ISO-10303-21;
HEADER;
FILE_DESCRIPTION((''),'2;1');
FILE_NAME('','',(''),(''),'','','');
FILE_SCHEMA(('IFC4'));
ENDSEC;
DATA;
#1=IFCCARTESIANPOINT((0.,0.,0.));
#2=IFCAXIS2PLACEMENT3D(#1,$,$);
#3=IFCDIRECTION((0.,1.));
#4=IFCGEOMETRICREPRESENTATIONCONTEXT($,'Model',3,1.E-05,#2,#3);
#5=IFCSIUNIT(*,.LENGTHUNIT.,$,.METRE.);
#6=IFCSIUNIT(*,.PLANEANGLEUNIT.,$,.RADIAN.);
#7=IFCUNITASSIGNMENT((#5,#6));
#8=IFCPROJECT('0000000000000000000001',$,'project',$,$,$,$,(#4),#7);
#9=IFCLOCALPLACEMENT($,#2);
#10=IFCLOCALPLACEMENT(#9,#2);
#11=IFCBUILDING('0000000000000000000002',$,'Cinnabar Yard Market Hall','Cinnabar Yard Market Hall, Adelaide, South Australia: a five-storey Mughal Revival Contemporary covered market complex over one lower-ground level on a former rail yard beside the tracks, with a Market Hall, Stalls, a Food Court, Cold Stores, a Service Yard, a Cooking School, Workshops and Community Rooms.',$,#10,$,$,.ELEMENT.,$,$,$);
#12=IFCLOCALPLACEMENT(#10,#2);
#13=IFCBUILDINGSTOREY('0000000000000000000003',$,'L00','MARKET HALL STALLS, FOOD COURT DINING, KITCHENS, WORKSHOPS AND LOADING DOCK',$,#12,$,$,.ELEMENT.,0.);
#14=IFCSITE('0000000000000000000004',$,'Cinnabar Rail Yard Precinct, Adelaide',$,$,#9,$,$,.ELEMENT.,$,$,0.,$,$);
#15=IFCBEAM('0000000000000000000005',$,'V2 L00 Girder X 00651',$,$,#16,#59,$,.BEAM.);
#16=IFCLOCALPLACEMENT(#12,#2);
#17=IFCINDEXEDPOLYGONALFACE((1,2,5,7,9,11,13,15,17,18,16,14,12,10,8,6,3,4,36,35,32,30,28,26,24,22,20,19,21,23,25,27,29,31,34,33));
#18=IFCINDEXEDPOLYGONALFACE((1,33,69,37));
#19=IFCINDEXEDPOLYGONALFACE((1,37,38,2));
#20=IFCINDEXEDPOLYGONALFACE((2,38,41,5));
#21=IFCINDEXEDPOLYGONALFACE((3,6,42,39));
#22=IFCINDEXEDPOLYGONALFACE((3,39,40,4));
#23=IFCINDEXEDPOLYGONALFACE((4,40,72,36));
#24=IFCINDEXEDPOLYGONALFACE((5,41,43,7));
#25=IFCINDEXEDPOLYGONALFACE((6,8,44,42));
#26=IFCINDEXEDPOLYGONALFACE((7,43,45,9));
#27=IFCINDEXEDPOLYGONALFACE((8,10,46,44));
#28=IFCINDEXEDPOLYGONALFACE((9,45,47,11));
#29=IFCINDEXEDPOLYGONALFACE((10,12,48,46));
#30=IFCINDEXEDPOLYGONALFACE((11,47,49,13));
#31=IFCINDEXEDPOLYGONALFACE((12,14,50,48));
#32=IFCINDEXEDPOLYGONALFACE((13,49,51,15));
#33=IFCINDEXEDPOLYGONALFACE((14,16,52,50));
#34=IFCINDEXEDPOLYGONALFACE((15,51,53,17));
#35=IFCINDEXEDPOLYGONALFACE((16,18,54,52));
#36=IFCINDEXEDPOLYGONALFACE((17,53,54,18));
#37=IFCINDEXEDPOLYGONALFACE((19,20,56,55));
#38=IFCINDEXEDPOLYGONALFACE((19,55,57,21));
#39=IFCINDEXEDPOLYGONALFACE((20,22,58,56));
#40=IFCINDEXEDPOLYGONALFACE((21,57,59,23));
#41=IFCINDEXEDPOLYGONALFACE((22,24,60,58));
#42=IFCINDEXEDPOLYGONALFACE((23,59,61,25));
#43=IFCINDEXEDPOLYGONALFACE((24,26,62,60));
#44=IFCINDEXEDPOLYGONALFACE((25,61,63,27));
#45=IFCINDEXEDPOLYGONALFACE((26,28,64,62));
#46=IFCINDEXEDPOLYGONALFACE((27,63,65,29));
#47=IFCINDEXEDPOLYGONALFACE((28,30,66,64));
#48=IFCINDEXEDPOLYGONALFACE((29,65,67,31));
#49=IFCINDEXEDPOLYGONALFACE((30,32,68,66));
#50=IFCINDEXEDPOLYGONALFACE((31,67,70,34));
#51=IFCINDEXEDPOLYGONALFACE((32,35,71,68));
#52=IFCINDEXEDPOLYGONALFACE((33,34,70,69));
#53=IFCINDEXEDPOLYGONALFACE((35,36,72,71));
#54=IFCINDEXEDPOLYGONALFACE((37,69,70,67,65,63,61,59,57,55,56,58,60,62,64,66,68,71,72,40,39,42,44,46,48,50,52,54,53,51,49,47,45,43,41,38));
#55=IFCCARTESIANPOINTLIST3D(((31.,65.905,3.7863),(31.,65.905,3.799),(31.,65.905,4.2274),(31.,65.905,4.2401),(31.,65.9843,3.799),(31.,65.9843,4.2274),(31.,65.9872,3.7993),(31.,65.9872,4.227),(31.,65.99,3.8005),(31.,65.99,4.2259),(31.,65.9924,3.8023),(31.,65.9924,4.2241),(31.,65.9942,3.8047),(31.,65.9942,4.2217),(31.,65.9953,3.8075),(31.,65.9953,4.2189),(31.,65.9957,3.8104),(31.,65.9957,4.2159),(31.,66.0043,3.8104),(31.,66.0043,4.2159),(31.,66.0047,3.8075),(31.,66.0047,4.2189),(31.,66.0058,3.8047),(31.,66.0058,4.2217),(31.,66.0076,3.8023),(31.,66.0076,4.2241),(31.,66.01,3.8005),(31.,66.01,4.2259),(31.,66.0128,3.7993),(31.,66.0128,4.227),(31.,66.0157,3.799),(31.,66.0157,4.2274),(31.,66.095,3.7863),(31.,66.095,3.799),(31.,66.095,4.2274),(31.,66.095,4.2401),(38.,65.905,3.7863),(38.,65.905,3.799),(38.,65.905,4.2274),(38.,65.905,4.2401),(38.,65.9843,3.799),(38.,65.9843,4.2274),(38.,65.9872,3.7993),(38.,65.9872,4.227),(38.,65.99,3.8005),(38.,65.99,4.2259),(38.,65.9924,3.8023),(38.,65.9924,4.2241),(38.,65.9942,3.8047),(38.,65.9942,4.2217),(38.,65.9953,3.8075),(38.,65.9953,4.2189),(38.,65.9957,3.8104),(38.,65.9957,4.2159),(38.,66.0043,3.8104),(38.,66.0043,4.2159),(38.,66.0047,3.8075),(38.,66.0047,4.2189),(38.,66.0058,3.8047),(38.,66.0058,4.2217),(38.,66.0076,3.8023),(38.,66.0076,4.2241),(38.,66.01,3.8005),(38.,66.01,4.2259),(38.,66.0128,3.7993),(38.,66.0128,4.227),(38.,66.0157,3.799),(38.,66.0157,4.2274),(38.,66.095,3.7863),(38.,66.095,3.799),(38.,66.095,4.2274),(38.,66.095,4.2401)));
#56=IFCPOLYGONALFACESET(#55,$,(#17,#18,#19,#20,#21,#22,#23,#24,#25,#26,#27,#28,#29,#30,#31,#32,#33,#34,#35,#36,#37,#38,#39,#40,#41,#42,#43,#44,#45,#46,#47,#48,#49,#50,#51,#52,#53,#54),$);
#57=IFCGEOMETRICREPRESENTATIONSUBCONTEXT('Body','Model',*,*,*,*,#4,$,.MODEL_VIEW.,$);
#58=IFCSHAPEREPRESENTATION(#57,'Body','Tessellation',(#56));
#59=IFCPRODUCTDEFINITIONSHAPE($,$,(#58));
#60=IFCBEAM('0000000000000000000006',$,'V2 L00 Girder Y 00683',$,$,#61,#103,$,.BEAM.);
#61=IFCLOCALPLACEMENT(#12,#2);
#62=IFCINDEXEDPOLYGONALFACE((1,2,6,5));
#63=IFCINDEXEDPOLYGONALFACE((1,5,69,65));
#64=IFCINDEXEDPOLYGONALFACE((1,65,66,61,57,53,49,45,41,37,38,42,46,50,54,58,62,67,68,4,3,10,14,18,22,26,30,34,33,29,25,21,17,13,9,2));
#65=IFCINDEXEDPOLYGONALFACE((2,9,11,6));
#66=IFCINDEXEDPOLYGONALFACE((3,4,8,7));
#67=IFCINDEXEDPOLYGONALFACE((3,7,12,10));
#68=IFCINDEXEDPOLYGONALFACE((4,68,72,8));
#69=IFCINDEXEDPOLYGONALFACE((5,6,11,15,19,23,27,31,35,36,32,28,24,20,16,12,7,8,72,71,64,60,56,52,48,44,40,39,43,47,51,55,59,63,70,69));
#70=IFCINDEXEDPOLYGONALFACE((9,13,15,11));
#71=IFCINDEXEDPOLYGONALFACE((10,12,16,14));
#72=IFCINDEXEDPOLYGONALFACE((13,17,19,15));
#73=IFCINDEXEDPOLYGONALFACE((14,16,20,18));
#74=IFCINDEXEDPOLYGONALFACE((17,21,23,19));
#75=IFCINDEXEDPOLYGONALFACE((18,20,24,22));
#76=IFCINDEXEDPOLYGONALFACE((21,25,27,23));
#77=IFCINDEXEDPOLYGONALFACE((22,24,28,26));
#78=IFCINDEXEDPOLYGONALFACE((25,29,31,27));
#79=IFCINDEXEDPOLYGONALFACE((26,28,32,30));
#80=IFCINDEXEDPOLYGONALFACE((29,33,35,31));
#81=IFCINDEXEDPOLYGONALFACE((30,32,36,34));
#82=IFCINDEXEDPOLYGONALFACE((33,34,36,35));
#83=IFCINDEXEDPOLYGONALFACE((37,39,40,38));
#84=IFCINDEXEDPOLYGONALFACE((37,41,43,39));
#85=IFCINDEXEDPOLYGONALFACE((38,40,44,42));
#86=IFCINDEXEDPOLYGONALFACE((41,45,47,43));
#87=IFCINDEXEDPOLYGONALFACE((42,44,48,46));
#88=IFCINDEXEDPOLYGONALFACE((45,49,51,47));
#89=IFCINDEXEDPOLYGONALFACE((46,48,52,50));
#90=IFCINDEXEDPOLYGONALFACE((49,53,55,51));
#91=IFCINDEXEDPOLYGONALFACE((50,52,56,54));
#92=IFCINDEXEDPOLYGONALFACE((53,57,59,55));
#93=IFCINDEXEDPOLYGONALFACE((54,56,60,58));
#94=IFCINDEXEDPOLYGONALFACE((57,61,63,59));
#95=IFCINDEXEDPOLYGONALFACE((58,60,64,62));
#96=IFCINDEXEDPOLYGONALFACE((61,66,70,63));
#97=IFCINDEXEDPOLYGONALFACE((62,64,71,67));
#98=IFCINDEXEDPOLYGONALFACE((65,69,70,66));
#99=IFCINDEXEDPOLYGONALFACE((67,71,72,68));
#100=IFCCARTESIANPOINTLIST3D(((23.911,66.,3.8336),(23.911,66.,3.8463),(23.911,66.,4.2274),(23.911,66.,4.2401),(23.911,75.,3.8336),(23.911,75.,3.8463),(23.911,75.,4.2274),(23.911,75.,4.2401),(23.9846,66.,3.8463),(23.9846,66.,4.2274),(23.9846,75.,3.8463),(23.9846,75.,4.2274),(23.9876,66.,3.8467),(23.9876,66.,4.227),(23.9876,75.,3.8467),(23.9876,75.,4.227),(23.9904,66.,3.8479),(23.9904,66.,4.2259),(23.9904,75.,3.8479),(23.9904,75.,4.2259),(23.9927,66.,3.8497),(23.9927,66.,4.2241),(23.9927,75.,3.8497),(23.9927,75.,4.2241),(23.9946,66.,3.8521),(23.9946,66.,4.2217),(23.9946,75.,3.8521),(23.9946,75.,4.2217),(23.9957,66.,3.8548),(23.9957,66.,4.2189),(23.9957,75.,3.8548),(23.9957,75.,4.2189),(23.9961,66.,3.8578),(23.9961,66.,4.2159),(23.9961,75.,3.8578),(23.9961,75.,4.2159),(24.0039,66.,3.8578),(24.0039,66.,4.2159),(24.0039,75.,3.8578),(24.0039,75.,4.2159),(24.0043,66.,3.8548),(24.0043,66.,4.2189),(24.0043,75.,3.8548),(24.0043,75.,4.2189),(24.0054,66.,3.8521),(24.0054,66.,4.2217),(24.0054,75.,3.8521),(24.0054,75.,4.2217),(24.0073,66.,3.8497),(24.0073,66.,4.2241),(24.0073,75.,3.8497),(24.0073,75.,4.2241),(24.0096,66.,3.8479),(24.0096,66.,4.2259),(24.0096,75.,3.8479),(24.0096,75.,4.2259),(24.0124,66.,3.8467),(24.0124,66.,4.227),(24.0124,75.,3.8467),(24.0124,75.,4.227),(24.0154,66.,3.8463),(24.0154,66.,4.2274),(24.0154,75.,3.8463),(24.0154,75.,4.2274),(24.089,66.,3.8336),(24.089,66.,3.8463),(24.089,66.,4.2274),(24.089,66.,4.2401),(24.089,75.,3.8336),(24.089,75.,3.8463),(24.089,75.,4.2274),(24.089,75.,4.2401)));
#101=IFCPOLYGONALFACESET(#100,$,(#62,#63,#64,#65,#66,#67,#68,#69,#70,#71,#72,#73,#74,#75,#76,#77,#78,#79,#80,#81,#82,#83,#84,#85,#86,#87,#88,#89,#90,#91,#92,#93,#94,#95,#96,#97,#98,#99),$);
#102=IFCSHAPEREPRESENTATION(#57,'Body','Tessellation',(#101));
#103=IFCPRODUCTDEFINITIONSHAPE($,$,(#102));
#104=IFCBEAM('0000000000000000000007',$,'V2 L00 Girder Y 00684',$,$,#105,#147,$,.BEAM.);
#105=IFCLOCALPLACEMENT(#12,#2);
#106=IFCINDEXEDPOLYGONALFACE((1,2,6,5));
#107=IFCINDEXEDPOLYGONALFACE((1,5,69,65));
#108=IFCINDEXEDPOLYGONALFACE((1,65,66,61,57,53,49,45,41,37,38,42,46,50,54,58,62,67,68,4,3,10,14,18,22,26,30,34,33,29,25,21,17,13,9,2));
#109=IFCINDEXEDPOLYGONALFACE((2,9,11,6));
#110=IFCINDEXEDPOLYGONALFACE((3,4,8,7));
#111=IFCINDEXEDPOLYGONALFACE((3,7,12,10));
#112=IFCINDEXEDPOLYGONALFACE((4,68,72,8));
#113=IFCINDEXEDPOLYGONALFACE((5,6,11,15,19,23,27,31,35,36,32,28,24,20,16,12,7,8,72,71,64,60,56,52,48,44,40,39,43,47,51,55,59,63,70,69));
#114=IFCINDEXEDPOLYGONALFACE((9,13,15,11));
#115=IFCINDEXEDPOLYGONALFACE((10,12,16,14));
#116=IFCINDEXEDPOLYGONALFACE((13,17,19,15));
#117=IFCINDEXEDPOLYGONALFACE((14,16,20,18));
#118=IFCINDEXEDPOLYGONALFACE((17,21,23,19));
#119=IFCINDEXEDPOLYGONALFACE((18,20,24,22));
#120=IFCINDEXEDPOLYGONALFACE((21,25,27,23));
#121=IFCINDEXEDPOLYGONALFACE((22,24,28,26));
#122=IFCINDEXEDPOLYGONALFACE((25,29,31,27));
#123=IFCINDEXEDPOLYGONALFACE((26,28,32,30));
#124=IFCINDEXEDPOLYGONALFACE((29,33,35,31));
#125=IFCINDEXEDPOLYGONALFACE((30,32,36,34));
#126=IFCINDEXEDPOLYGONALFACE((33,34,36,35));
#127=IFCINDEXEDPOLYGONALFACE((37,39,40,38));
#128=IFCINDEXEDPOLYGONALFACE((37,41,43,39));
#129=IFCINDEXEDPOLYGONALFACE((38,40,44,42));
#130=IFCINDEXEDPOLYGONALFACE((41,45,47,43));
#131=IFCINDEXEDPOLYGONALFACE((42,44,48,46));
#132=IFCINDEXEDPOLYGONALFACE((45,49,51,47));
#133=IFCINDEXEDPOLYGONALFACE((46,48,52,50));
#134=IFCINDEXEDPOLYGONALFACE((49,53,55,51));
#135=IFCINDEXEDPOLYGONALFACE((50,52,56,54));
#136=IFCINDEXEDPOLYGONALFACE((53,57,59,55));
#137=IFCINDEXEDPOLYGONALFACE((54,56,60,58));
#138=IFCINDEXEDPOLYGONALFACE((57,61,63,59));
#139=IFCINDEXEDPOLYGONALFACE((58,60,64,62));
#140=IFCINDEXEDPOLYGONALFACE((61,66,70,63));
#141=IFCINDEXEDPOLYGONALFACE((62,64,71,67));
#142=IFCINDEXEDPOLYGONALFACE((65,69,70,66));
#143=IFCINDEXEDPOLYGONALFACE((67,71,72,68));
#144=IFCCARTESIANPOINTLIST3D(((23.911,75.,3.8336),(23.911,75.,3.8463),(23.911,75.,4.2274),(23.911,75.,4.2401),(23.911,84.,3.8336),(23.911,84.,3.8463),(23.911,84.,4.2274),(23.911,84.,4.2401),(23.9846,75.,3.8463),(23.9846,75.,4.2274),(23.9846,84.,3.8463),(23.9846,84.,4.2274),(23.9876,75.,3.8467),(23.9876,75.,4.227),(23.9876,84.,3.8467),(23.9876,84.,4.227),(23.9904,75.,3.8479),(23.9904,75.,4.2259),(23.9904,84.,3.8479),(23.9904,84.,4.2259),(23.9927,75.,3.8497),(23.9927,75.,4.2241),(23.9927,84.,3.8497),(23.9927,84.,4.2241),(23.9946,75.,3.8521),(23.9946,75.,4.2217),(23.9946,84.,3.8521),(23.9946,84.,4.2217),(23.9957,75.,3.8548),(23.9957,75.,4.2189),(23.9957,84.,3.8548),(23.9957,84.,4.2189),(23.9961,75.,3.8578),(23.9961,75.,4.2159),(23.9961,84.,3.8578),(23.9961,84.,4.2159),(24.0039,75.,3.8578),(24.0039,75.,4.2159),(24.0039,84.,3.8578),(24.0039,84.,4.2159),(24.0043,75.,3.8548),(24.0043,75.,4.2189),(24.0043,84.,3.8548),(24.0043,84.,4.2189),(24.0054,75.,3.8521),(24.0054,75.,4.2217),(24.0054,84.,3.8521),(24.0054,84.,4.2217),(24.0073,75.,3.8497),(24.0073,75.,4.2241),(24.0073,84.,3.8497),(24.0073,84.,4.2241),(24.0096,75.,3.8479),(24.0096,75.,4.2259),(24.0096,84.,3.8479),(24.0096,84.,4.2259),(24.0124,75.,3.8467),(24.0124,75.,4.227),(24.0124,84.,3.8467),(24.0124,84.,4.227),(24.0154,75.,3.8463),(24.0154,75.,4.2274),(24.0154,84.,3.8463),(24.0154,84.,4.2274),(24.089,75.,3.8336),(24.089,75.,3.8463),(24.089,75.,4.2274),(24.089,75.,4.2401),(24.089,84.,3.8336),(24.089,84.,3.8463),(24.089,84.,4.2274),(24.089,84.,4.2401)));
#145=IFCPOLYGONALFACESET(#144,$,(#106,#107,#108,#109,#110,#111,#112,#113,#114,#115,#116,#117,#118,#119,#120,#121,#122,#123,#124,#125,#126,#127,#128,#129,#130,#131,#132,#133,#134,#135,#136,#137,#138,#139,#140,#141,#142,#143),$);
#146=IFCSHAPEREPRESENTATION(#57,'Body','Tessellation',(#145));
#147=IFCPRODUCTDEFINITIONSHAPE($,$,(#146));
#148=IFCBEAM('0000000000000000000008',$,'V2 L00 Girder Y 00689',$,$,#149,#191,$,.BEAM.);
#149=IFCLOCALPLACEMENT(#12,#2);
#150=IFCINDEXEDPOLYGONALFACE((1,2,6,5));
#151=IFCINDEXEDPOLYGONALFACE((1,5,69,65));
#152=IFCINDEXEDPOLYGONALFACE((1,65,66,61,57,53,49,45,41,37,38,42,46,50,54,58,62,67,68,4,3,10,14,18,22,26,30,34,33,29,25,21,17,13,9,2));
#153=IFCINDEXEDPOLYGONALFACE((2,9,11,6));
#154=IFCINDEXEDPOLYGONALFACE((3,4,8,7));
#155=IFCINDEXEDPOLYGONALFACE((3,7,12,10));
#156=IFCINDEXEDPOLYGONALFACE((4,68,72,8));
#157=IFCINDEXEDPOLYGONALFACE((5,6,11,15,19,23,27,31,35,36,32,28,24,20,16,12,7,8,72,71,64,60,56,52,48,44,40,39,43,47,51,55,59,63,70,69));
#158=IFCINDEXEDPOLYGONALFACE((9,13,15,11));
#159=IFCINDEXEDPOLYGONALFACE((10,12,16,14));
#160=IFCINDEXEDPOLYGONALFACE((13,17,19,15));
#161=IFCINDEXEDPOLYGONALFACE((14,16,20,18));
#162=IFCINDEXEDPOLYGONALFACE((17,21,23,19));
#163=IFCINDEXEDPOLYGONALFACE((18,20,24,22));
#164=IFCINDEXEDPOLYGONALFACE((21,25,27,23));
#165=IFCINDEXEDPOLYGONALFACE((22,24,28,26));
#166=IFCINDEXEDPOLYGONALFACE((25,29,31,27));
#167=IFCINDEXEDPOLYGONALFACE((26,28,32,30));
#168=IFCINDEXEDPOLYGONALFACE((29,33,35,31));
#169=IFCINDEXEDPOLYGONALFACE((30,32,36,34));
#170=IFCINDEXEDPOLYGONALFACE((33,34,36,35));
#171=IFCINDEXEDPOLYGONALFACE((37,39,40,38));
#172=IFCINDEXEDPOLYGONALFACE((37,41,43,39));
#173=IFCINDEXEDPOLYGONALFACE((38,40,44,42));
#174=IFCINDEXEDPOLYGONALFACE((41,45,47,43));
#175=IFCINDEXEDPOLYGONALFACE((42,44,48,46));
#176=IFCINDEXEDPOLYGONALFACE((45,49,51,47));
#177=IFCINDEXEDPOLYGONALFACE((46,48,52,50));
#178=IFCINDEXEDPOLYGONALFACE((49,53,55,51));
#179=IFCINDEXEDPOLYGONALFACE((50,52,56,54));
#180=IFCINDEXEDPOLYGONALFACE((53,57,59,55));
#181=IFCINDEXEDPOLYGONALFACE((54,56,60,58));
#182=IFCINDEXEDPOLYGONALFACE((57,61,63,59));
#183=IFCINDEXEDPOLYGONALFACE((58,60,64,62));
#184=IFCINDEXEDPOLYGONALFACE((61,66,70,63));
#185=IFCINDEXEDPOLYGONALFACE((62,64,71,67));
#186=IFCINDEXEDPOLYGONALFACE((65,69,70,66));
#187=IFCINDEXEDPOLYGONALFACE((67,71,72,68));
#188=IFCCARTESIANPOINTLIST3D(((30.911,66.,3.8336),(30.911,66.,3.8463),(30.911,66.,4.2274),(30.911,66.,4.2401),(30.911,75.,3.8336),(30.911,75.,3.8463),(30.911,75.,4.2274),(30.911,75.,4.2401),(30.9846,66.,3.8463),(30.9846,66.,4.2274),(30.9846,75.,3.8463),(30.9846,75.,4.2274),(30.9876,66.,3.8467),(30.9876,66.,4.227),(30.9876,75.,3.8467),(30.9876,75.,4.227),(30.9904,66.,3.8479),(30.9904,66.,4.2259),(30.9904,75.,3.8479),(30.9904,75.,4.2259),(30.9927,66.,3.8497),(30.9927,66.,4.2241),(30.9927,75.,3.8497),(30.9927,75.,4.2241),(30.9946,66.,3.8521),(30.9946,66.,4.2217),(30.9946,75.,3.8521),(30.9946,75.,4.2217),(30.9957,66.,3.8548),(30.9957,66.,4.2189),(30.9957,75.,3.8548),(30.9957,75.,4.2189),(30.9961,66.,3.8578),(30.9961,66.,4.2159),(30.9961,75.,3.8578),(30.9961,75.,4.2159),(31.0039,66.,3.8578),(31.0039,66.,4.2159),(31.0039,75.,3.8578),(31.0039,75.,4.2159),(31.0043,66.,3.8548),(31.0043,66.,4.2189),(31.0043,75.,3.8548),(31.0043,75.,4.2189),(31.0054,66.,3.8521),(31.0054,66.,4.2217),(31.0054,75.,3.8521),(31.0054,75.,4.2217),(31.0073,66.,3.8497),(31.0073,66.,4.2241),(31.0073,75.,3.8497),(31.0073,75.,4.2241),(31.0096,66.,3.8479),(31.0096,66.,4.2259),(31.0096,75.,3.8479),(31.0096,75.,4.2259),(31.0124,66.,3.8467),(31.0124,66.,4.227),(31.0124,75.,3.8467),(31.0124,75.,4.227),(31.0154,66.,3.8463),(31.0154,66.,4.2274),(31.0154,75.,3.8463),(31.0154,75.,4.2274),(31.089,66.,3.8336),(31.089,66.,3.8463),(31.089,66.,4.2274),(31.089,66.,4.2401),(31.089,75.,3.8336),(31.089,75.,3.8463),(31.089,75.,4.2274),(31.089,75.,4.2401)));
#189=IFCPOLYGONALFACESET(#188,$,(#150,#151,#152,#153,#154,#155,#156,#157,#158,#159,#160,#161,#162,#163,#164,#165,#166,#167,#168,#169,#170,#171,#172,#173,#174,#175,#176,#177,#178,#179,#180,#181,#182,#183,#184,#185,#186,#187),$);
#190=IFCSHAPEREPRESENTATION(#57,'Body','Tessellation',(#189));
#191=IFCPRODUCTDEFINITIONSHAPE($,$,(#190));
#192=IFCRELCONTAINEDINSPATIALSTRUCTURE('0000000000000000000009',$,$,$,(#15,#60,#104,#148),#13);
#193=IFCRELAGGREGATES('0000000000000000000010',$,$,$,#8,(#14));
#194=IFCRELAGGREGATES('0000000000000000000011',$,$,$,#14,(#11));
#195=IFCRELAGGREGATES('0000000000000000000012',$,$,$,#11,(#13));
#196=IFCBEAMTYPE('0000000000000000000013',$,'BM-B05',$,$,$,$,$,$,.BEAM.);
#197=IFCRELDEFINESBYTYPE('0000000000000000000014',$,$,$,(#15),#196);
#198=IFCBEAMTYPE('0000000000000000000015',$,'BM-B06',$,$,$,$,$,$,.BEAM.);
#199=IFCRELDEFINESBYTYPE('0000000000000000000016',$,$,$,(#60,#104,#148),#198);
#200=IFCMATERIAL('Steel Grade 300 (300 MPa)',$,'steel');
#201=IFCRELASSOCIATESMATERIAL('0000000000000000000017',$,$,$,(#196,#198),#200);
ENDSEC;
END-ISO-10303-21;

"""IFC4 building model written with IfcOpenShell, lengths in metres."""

from ifc_helpers import new_model, si_unit, direction, frame, origin, origin_2d_with_axis, place, context, subcontext, project, spatial, i_section, extrude, material, material_profile, profile_set, type_object, element, save


model = new_model("IFC4")

# Units and contexts
model_context = context("Model", 3, precision=1e-05, world=origin(), true_north=direction((0.0, 1.0)))
body_context = subcontext(model_context, "Body", "Model", "MODEL_VIEW")
ifc_project = project(units=[si_unit("LENGTHUNIT", "METRE"), si_unit("PLANEANGLEUNIT", "RADIAN")], contexts=[model_context])

# Site, building, storey
site_placement = place(None, origin())
site = spatial("IfcSite", under=ifc_project, at=site_placement, Name="Cinnabar Rail Yard Precinct, Adelaide", CompositionType="ELEMENT", RefElevation=0.0)
building_placement = place(site_placement, origin())
building = spatial("IfcBuilding", under=site, at=building_placement, Name="Cinnabar Yard Market Hall", Description="Cinnabar Yard Market Hall, Adelaide, South Australia: a five-storey Mughal Revival Contemporary covered market complex over one lower-ground level on a former rail yard beside the tracks, with a Market Hall, Stalls, a Food Court, Cold Stores, a Service Yard, a Cooking School, Workshops and Community Rooms.", CompositionType="ELEMENT")
storey_placement = place(building_placement, origin())
storey = spatial("IfcBuildingStorey", under=building, at=storey_placement, Name="L00", Description="MARKET HALL STALLS, FOOD COURT DINING, KITCHENS, WORKSHOPS AND LOADING DOCK", CompositionType="ELEMENT", Elevation=0.0)

# Shared definitions
ifc_material_1 = material(Name="Steel Grade 300 (300 MPa)", Category="steel")

# Beams
ifc_material_profile_1 = material_profile(ifc_material_1, i_section(OverallWidth=0.1899, OverallDepth=0.4539, WebThickness=0.0085, FlangeThickness=0.0127, FilletRadius=0.0115, at=origin_2d_with_axis()), Name="460UB67.1")
ifc_profile_set_1 = profile_set([ifc_material_profile_1], Name="Steel Grade 300 (300 MPa)")
beam_type_1 = type_object("IfcBeamType", Name="BM-B05", PredefinedType="BEAM", material=ifc_profile_set_1)
for number, where, z_axis, x_axis, name in (
    (1, (31.0, 66.0, 4.0132), (1.0, 0.0, 0.0), (0.0, 1.0, 0.0), "V2 L00 Girder X 00651"),
):
    element("IfcBeam", number, at=place(storey_placement, frame(where, z_axis=z_axis, x_axis=x_axis)), inside=storey, type_object=beam_type_1, Name=name, PredefinedType="BEAM", context=body_context, shape_type="SweptSolid", body=[
        extrude(i_section(OverallWidth=0.1899, OverallDepth=0.4539, WebThickness=0.0085, FlangeThickness=0.0127, FilletRadius=0.0115, at=origin_2d_with_axis()), origin(), (0.0, 0.0, 1.0), 7.0),
    ])
ifc_material_profile_2 = material_profile(ifc_material_1, i_section(OverallWidth=0.178, OverallDepth=0.4065, WebThickness=0.0078, FlangeThickness=0.0127, FilletRadius=0.0115, at=origin_2d_with_axis()), Name="410UB59.7")
ifc_profile_set_2 = profile_set([ifc_material_profile_2], Name="Steel Grade 300 (300 MPa)")
beam_type_2 = type_object("IfcBeamType", Name="BM-B06", PredefinedType="BEAM", material=ifc_profile_set_2)
for number, where, z_axis, x_axis, name in (
    (2, (24.0, 66.0, 4.0369), (0.0, 1.0, 0.0), (-1.0, 0.0, 0.0), "V2 L00 Girder Y 00683"),
    (3, (24.0, 75.0, 4.0369), (0.0, 1.0, 0.0), (-1.0, 0.0, 0.0), "V2 L00 Girder Y 00684"),
    (4, (31.0, 66.0, 4.0369), (0.0, 1.0, 0.0), (-1.0, 0.0, 0.0), "V2 L00 Girder Y 00689"),
):
    element("IfcBeam", number, at=place(storey_placement, frame(where, z_axis=z_axis, x_axis=x_axis)), inside=storey, type_object=beam_type_2, Name=name, PredefinedType="BEAM", context=body_context, shape_type="SweptSolid", body=[
        extrude(i_section(OverallWidth=0.178, OverallDepth=0.4065, WebThickness=0.0078, FlangeThickness=0.0127, FilletRadius=0.0115, at=origin_2d_with_axis()), origin(), (0.0, 0.0, 1.0), 9.0),
    ])

save(model, "model.ifc")
